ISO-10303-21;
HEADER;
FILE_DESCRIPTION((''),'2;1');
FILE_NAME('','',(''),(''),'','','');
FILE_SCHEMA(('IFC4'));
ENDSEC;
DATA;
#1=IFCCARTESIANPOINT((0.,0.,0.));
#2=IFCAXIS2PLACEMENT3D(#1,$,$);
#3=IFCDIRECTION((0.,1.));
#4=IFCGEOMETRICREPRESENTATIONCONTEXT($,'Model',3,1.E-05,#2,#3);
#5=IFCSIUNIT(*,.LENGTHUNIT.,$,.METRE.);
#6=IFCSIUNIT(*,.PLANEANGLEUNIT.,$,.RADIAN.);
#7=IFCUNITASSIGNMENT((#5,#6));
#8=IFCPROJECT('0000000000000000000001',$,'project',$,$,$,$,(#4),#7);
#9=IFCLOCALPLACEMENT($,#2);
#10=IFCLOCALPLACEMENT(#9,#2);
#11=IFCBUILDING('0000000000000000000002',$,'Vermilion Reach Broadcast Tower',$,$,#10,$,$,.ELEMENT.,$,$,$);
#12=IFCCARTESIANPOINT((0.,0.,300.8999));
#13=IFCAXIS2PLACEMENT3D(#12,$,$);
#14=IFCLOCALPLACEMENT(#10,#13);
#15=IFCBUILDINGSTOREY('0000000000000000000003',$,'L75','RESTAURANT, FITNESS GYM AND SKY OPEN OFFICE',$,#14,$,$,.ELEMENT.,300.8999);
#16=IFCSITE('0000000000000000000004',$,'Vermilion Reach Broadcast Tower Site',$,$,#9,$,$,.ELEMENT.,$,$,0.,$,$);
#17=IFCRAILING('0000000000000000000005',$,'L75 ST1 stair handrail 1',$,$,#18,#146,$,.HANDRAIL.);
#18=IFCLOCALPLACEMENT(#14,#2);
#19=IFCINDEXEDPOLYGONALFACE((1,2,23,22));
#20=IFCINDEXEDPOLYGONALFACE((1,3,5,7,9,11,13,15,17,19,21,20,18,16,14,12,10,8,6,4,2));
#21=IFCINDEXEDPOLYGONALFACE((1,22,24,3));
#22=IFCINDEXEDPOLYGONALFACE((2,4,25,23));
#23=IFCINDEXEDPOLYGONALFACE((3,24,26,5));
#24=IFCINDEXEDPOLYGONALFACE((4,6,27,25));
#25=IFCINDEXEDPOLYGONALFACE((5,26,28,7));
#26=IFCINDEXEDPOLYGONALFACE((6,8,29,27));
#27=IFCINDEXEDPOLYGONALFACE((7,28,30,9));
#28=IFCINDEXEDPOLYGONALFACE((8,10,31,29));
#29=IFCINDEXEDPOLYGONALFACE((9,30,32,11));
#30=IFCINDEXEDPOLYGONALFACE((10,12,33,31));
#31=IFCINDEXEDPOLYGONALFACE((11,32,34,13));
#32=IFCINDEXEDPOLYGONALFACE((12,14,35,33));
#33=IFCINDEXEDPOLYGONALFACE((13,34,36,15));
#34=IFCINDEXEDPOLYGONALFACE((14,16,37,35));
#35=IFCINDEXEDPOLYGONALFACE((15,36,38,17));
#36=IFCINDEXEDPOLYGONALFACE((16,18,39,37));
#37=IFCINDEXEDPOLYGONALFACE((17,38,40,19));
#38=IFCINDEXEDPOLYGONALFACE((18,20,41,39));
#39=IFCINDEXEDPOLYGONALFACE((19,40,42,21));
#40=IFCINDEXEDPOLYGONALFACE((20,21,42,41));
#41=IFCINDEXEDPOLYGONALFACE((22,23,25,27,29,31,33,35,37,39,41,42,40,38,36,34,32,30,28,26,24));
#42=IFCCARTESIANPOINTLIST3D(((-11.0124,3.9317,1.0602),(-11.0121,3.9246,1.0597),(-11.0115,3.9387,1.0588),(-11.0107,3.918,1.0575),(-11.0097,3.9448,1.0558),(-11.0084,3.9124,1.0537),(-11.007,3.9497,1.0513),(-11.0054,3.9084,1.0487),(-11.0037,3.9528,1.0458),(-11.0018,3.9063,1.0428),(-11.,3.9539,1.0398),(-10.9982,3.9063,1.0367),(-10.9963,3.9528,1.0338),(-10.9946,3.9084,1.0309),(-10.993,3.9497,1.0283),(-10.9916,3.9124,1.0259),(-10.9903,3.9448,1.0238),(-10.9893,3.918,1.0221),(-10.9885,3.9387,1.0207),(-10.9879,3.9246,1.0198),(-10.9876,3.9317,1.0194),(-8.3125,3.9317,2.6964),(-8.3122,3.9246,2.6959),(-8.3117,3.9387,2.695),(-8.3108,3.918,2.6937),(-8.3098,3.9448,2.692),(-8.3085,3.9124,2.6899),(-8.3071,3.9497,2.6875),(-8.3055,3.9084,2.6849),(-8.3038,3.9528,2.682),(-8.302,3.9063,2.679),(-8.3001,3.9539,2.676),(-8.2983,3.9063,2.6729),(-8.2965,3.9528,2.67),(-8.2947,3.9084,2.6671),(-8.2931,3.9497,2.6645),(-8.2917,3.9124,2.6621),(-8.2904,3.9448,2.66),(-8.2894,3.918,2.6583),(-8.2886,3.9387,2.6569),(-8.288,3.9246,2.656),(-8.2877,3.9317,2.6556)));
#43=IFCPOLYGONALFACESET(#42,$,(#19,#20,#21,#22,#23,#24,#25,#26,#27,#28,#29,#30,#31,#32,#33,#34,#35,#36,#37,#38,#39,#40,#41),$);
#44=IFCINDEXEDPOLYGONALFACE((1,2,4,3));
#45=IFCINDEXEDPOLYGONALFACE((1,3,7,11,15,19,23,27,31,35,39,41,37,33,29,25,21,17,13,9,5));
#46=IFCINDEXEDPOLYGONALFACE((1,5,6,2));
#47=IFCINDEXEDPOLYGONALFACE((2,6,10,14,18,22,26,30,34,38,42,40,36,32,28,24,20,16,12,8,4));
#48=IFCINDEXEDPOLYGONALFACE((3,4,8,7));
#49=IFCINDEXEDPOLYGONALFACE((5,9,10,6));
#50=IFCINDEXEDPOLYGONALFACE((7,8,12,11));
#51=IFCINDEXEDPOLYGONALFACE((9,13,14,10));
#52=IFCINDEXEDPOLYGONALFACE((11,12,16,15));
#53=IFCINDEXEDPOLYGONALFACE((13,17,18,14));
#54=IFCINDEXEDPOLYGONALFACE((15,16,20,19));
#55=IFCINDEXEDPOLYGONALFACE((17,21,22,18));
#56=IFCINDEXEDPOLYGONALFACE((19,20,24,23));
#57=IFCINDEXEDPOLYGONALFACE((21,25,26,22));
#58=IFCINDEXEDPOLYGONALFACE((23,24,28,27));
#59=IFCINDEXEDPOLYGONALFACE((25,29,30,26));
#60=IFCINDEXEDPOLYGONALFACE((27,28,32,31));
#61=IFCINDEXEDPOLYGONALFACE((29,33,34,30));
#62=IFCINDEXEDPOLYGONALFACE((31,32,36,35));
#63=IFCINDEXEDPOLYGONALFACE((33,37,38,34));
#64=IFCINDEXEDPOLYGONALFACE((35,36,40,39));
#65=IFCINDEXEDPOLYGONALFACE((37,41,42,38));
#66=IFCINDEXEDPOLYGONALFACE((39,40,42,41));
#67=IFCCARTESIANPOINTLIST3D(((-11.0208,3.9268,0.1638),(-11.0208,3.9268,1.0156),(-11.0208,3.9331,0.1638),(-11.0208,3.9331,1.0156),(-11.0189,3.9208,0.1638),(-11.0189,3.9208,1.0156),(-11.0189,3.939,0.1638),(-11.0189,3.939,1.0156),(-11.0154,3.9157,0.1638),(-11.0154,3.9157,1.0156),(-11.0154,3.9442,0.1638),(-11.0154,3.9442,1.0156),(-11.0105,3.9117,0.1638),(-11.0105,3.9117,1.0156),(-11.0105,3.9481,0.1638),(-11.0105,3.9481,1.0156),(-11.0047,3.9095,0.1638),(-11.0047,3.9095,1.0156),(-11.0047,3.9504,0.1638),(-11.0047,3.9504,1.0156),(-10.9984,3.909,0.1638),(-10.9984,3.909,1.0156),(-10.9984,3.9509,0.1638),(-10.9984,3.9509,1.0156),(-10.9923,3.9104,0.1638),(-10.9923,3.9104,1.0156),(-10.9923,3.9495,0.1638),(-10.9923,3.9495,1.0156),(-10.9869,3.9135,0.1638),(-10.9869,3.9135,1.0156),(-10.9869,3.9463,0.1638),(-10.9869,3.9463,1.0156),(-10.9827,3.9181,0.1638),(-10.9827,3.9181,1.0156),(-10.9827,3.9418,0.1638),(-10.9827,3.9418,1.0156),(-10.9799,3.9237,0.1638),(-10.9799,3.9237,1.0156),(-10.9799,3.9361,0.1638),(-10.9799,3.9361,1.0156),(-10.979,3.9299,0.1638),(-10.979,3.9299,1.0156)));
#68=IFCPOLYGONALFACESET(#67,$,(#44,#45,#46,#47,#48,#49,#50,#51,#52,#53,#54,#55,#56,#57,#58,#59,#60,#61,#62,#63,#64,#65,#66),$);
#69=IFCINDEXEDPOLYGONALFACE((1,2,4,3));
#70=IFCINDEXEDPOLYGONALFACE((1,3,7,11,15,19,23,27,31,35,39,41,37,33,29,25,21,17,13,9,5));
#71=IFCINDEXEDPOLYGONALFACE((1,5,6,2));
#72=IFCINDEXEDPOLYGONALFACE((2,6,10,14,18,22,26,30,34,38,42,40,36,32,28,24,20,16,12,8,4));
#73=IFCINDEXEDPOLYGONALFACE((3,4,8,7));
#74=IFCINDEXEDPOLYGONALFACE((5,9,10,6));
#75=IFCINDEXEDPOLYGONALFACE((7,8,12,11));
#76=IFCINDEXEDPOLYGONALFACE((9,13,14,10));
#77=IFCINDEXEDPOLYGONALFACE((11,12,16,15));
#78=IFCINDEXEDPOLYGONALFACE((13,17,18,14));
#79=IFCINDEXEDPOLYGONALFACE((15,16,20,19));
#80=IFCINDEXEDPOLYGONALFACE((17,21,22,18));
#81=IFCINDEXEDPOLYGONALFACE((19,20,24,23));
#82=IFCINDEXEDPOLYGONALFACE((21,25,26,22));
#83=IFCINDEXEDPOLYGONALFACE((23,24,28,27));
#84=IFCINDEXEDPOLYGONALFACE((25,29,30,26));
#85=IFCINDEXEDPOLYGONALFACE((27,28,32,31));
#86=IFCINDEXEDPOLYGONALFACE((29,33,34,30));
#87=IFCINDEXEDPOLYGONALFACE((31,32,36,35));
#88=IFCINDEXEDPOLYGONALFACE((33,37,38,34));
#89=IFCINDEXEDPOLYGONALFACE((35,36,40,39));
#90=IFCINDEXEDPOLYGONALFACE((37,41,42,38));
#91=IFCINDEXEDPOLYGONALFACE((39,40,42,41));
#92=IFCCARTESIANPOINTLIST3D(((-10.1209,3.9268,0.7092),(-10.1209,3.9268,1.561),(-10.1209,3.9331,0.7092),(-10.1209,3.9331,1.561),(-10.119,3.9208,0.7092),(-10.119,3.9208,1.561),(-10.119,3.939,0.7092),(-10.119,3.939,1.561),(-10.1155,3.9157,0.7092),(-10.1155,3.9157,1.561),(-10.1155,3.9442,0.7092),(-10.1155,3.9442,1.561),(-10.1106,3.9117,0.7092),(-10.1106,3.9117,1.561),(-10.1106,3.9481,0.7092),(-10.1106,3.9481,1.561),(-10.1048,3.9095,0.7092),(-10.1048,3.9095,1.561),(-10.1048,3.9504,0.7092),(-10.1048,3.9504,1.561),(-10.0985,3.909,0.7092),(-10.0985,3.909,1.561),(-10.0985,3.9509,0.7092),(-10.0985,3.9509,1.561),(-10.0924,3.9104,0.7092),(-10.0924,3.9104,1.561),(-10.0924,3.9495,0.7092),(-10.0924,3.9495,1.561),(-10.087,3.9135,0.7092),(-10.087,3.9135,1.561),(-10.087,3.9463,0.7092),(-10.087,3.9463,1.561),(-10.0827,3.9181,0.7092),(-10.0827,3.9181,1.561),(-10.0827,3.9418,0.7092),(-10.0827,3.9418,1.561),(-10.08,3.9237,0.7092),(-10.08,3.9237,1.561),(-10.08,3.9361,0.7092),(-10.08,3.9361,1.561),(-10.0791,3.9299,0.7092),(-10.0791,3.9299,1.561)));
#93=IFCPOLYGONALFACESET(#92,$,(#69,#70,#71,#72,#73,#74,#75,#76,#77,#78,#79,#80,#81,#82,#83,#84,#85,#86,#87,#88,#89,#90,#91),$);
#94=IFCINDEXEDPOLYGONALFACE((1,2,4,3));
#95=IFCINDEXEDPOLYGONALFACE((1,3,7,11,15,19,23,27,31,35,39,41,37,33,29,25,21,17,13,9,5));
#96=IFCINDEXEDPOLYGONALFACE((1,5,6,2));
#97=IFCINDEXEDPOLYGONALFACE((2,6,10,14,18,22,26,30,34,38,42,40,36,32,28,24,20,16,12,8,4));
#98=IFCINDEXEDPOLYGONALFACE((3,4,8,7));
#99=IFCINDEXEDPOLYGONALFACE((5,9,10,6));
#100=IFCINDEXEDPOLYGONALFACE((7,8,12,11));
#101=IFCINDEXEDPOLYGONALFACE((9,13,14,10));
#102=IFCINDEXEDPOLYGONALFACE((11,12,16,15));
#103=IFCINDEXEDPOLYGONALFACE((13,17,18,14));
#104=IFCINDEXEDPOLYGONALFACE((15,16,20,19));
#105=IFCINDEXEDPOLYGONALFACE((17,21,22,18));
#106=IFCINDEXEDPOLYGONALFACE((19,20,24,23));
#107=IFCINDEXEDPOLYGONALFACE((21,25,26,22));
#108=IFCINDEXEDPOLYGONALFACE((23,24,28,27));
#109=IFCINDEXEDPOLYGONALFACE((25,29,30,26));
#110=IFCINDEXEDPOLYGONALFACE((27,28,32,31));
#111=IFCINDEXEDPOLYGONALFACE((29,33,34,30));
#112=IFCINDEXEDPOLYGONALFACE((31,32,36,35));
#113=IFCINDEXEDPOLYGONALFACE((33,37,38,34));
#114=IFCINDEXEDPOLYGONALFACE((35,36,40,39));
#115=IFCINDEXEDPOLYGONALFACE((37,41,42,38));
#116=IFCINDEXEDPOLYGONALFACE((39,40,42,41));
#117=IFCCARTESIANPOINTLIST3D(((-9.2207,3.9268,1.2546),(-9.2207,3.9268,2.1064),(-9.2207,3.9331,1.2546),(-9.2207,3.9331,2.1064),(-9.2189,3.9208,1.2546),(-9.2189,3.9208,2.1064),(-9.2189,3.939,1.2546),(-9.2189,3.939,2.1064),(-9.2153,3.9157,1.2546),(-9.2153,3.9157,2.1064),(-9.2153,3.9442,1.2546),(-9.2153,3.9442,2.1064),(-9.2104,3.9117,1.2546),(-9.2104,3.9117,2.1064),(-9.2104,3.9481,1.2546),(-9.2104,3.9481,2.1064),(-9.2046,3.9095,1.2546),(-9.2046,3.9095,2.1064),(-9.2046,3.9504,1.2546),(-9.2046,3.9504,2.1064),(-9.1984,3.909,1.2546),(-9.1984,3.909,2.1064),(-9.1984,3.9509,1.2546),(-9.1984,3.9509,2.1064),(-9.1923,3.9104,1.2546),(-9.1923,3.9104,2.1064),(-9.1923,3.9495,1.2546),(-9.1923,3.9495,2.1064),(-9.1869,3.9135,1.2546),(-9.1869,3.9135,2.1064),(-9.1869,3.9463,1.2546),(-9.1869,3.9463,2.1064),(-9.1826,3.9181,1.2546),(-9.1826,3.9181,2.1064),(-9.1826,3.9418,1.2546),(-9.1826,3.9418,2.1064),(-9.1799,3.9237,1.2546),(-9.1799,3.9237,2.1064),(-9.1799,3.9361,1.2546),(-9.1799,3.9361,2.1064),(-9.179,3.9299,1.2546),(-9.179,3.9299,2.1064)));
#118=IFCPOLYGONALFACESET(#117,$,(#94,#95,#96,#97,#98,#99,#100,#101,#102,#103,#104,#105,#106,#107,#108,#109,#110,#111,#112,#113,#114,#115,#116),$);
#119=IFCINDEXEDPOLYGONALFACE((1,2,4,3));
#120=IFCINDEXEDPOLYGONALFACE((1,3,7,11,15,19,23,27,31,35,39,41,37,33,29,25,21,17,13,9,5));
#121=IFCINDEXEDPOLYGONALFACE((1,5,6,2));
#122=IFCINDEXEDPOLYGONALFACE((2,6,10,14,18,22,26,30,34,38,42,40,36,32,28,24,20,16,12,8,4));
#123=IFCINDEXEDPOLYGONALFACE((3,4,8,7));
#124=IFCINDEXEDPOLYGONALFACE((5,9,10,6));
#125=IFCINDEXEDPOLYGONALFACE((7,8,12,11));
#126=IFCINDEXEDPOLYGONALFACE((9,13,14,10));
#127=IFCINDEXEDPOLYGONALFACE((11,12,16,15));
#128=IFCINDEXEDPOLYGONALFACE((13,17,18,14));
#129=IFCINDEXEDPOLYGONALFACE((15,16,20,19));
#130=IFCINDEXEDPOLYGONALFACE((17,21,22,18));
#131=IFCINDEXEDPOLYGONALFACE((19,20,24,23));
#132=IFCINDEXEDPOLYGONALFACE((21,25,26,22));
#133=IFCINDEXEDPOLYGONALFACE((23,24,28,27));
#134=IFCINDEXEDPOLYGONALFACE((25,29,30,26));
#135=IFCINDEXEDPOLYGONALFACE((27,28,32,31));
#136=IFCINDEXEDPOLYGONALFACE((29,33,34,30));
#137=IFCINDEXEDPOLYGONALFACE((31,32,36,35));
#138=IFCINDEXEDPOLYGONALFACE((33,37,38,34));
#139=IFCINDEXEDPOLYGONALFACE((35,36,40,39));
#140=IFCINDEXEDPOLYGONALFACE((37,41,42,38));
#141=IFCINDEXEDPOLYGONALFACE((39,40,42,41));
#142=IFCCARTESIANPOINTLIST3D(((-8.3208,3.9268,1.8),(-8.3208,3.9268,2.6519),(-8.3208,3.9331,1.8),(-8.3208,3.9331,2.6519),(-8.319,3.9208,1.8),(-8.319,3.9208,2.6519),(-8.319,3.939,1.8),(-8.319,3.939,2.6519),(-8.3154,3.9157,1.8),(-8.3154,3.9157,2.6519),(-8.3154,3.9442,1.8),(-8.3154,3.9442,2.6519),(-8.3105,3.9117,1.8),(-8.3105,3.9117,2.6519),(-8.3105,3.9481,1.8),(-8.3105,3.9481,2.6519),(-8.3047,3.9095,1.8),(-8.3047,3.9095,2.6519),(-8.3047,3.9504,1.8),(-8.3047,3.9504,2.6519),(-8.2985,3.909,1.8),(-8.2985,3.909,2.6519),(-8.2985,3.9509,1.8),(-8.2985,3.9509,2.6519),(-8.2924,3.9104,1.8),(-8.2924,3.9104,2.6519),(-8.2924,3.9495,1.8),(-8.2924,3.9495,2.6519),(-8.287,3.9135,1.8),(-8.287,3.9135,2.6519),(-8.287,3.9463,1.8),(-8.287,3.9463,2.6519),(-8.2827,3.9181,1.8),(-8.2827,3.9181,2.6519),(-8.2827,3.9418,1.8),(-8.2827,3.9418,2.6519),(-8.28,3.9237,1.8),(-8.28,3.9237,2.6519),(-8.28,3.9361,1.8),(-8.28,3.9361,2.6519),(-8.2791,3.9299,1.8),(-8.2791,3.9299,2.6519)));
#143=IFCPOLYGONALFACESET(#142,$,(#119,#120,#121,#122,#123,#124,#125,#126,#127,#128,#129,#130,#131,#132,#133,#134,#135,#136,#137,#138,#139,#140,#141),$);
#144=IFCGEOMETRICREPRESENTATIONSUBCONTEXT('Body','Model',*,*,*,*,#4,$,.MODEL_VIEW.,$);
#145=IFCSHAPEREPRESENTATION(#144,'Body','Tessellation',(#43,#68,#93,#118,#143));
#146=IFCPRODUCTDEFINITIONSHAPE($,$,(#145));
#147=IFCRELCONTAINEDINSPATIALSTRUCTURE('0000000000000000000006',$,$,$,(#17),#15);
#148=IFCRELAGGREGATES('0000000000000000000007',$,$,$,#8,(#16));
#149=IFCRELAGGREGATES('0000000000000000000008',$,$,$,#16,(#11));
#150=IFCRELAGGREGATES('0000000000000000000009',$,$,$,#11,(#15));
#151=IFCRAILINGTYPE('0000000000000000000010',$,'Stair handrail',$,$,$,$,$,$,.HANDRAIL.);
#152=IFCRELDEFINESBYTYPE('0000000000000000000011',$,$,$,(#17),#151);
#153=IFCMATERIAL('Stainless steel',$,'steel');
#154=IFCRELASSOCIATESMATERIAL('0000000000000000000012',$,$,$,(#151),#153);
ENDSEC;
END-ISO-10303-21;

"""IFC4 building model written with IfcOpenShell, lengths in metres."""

from ifc_helpers import new_model, si_unit, direction, frame, origin, origin_2d, place, context, subcontext, project, spatial, circle, extrude, material, type_object, element, save


model = new_model("IFC4")

# Units and contexts
model_context = context("Model", 3, precision=1e-05, world=origin(), true_north=direction((0.0, 1.0)))
body_context = subcontext(model_context, "Body", "Model", "MODEL_VIEW")
ifc_project = project(units=[si_unit("LENGTHUNIT", "METRE"), si_unit("PLANEANGLEUNIT", "RADIAN")], contexts=[model_context])

# Site, building, storey
site_placement = place(None, origin())
site = spatial("IfcSite", under=ifc_project, at=site_placement, Name="Vermilion Reach Broadcast Tower Site", CompositionType="ELEMENT", RefElevation=0.0)
building_placement = place(site_placement, origin())
building = spatial("IfcBuilding", under=site, at=building_placement, Name="Vermilion Reach Broadcast Tower", CompositionType="ELEMENT")
storey_placement = place(building_placement, frame((0.0, 0.0, 300.8999)))
storey = spatial("IfcBuildingStorey", under=building, at=storey_placement, Name="L75", Description="RESTAURANT, FITNESS GYM AND SKY OPEN OFFICE", CompositionType="ELEMENT", Elevation=300.8999)

# Railing
ifc_material_1 = material(Name="Stainless steel", Category="steel")
railing_type_1 = type_object("IfcRailingType", Name="Stair handrail", PredefinedType="HANDRAIL", material=ifc_material_1)
railing_1_placement = place(storey_placement, frame((-11.0, 3.9299, 0.1638)))
element("IfcRailing", 1, at=railing_1_placement, inside=storey, type_object=railing_type_1, Name="L75 ST1 stair handrail 1", PredefinedType="HANDRAIL", context=body_context, shape_type="SweptSolid", body=[
    extrude(circle(Radius=0.0239, at=origin_2d()), frame((0.0, 0.0, 0.876), z_axis=(0.855212, 0.0, 0.518278), x_axis=(0.0, 1.0, 0.0)), (0.0, 0.0, 1.0), 3.157),
    extrude(circle(Radius=0.021, at=origin_2d()), origin(), (0.0, 0.0, 1.0), 0.8518),
    extrude(circle(Radius=0.021, at=origin_2d()), frame((0.8999, 0.0, 0.5454)), (0.0, 0.0, 1.0), 0.8518),
    extrude(circle(Radius=0.021, at=origin_2d()), frame((1.8, 0.0, 1.0908)), (0.0, 0.0, 1.0), 0.8518),
    extrude(circle(Radius=0.021, at=origin_2d()), frame((2.7, 0.0, 1.6362)), (0.0, 0.0, 1.0), 0.8518),
])

save(model, "model.ifc")
